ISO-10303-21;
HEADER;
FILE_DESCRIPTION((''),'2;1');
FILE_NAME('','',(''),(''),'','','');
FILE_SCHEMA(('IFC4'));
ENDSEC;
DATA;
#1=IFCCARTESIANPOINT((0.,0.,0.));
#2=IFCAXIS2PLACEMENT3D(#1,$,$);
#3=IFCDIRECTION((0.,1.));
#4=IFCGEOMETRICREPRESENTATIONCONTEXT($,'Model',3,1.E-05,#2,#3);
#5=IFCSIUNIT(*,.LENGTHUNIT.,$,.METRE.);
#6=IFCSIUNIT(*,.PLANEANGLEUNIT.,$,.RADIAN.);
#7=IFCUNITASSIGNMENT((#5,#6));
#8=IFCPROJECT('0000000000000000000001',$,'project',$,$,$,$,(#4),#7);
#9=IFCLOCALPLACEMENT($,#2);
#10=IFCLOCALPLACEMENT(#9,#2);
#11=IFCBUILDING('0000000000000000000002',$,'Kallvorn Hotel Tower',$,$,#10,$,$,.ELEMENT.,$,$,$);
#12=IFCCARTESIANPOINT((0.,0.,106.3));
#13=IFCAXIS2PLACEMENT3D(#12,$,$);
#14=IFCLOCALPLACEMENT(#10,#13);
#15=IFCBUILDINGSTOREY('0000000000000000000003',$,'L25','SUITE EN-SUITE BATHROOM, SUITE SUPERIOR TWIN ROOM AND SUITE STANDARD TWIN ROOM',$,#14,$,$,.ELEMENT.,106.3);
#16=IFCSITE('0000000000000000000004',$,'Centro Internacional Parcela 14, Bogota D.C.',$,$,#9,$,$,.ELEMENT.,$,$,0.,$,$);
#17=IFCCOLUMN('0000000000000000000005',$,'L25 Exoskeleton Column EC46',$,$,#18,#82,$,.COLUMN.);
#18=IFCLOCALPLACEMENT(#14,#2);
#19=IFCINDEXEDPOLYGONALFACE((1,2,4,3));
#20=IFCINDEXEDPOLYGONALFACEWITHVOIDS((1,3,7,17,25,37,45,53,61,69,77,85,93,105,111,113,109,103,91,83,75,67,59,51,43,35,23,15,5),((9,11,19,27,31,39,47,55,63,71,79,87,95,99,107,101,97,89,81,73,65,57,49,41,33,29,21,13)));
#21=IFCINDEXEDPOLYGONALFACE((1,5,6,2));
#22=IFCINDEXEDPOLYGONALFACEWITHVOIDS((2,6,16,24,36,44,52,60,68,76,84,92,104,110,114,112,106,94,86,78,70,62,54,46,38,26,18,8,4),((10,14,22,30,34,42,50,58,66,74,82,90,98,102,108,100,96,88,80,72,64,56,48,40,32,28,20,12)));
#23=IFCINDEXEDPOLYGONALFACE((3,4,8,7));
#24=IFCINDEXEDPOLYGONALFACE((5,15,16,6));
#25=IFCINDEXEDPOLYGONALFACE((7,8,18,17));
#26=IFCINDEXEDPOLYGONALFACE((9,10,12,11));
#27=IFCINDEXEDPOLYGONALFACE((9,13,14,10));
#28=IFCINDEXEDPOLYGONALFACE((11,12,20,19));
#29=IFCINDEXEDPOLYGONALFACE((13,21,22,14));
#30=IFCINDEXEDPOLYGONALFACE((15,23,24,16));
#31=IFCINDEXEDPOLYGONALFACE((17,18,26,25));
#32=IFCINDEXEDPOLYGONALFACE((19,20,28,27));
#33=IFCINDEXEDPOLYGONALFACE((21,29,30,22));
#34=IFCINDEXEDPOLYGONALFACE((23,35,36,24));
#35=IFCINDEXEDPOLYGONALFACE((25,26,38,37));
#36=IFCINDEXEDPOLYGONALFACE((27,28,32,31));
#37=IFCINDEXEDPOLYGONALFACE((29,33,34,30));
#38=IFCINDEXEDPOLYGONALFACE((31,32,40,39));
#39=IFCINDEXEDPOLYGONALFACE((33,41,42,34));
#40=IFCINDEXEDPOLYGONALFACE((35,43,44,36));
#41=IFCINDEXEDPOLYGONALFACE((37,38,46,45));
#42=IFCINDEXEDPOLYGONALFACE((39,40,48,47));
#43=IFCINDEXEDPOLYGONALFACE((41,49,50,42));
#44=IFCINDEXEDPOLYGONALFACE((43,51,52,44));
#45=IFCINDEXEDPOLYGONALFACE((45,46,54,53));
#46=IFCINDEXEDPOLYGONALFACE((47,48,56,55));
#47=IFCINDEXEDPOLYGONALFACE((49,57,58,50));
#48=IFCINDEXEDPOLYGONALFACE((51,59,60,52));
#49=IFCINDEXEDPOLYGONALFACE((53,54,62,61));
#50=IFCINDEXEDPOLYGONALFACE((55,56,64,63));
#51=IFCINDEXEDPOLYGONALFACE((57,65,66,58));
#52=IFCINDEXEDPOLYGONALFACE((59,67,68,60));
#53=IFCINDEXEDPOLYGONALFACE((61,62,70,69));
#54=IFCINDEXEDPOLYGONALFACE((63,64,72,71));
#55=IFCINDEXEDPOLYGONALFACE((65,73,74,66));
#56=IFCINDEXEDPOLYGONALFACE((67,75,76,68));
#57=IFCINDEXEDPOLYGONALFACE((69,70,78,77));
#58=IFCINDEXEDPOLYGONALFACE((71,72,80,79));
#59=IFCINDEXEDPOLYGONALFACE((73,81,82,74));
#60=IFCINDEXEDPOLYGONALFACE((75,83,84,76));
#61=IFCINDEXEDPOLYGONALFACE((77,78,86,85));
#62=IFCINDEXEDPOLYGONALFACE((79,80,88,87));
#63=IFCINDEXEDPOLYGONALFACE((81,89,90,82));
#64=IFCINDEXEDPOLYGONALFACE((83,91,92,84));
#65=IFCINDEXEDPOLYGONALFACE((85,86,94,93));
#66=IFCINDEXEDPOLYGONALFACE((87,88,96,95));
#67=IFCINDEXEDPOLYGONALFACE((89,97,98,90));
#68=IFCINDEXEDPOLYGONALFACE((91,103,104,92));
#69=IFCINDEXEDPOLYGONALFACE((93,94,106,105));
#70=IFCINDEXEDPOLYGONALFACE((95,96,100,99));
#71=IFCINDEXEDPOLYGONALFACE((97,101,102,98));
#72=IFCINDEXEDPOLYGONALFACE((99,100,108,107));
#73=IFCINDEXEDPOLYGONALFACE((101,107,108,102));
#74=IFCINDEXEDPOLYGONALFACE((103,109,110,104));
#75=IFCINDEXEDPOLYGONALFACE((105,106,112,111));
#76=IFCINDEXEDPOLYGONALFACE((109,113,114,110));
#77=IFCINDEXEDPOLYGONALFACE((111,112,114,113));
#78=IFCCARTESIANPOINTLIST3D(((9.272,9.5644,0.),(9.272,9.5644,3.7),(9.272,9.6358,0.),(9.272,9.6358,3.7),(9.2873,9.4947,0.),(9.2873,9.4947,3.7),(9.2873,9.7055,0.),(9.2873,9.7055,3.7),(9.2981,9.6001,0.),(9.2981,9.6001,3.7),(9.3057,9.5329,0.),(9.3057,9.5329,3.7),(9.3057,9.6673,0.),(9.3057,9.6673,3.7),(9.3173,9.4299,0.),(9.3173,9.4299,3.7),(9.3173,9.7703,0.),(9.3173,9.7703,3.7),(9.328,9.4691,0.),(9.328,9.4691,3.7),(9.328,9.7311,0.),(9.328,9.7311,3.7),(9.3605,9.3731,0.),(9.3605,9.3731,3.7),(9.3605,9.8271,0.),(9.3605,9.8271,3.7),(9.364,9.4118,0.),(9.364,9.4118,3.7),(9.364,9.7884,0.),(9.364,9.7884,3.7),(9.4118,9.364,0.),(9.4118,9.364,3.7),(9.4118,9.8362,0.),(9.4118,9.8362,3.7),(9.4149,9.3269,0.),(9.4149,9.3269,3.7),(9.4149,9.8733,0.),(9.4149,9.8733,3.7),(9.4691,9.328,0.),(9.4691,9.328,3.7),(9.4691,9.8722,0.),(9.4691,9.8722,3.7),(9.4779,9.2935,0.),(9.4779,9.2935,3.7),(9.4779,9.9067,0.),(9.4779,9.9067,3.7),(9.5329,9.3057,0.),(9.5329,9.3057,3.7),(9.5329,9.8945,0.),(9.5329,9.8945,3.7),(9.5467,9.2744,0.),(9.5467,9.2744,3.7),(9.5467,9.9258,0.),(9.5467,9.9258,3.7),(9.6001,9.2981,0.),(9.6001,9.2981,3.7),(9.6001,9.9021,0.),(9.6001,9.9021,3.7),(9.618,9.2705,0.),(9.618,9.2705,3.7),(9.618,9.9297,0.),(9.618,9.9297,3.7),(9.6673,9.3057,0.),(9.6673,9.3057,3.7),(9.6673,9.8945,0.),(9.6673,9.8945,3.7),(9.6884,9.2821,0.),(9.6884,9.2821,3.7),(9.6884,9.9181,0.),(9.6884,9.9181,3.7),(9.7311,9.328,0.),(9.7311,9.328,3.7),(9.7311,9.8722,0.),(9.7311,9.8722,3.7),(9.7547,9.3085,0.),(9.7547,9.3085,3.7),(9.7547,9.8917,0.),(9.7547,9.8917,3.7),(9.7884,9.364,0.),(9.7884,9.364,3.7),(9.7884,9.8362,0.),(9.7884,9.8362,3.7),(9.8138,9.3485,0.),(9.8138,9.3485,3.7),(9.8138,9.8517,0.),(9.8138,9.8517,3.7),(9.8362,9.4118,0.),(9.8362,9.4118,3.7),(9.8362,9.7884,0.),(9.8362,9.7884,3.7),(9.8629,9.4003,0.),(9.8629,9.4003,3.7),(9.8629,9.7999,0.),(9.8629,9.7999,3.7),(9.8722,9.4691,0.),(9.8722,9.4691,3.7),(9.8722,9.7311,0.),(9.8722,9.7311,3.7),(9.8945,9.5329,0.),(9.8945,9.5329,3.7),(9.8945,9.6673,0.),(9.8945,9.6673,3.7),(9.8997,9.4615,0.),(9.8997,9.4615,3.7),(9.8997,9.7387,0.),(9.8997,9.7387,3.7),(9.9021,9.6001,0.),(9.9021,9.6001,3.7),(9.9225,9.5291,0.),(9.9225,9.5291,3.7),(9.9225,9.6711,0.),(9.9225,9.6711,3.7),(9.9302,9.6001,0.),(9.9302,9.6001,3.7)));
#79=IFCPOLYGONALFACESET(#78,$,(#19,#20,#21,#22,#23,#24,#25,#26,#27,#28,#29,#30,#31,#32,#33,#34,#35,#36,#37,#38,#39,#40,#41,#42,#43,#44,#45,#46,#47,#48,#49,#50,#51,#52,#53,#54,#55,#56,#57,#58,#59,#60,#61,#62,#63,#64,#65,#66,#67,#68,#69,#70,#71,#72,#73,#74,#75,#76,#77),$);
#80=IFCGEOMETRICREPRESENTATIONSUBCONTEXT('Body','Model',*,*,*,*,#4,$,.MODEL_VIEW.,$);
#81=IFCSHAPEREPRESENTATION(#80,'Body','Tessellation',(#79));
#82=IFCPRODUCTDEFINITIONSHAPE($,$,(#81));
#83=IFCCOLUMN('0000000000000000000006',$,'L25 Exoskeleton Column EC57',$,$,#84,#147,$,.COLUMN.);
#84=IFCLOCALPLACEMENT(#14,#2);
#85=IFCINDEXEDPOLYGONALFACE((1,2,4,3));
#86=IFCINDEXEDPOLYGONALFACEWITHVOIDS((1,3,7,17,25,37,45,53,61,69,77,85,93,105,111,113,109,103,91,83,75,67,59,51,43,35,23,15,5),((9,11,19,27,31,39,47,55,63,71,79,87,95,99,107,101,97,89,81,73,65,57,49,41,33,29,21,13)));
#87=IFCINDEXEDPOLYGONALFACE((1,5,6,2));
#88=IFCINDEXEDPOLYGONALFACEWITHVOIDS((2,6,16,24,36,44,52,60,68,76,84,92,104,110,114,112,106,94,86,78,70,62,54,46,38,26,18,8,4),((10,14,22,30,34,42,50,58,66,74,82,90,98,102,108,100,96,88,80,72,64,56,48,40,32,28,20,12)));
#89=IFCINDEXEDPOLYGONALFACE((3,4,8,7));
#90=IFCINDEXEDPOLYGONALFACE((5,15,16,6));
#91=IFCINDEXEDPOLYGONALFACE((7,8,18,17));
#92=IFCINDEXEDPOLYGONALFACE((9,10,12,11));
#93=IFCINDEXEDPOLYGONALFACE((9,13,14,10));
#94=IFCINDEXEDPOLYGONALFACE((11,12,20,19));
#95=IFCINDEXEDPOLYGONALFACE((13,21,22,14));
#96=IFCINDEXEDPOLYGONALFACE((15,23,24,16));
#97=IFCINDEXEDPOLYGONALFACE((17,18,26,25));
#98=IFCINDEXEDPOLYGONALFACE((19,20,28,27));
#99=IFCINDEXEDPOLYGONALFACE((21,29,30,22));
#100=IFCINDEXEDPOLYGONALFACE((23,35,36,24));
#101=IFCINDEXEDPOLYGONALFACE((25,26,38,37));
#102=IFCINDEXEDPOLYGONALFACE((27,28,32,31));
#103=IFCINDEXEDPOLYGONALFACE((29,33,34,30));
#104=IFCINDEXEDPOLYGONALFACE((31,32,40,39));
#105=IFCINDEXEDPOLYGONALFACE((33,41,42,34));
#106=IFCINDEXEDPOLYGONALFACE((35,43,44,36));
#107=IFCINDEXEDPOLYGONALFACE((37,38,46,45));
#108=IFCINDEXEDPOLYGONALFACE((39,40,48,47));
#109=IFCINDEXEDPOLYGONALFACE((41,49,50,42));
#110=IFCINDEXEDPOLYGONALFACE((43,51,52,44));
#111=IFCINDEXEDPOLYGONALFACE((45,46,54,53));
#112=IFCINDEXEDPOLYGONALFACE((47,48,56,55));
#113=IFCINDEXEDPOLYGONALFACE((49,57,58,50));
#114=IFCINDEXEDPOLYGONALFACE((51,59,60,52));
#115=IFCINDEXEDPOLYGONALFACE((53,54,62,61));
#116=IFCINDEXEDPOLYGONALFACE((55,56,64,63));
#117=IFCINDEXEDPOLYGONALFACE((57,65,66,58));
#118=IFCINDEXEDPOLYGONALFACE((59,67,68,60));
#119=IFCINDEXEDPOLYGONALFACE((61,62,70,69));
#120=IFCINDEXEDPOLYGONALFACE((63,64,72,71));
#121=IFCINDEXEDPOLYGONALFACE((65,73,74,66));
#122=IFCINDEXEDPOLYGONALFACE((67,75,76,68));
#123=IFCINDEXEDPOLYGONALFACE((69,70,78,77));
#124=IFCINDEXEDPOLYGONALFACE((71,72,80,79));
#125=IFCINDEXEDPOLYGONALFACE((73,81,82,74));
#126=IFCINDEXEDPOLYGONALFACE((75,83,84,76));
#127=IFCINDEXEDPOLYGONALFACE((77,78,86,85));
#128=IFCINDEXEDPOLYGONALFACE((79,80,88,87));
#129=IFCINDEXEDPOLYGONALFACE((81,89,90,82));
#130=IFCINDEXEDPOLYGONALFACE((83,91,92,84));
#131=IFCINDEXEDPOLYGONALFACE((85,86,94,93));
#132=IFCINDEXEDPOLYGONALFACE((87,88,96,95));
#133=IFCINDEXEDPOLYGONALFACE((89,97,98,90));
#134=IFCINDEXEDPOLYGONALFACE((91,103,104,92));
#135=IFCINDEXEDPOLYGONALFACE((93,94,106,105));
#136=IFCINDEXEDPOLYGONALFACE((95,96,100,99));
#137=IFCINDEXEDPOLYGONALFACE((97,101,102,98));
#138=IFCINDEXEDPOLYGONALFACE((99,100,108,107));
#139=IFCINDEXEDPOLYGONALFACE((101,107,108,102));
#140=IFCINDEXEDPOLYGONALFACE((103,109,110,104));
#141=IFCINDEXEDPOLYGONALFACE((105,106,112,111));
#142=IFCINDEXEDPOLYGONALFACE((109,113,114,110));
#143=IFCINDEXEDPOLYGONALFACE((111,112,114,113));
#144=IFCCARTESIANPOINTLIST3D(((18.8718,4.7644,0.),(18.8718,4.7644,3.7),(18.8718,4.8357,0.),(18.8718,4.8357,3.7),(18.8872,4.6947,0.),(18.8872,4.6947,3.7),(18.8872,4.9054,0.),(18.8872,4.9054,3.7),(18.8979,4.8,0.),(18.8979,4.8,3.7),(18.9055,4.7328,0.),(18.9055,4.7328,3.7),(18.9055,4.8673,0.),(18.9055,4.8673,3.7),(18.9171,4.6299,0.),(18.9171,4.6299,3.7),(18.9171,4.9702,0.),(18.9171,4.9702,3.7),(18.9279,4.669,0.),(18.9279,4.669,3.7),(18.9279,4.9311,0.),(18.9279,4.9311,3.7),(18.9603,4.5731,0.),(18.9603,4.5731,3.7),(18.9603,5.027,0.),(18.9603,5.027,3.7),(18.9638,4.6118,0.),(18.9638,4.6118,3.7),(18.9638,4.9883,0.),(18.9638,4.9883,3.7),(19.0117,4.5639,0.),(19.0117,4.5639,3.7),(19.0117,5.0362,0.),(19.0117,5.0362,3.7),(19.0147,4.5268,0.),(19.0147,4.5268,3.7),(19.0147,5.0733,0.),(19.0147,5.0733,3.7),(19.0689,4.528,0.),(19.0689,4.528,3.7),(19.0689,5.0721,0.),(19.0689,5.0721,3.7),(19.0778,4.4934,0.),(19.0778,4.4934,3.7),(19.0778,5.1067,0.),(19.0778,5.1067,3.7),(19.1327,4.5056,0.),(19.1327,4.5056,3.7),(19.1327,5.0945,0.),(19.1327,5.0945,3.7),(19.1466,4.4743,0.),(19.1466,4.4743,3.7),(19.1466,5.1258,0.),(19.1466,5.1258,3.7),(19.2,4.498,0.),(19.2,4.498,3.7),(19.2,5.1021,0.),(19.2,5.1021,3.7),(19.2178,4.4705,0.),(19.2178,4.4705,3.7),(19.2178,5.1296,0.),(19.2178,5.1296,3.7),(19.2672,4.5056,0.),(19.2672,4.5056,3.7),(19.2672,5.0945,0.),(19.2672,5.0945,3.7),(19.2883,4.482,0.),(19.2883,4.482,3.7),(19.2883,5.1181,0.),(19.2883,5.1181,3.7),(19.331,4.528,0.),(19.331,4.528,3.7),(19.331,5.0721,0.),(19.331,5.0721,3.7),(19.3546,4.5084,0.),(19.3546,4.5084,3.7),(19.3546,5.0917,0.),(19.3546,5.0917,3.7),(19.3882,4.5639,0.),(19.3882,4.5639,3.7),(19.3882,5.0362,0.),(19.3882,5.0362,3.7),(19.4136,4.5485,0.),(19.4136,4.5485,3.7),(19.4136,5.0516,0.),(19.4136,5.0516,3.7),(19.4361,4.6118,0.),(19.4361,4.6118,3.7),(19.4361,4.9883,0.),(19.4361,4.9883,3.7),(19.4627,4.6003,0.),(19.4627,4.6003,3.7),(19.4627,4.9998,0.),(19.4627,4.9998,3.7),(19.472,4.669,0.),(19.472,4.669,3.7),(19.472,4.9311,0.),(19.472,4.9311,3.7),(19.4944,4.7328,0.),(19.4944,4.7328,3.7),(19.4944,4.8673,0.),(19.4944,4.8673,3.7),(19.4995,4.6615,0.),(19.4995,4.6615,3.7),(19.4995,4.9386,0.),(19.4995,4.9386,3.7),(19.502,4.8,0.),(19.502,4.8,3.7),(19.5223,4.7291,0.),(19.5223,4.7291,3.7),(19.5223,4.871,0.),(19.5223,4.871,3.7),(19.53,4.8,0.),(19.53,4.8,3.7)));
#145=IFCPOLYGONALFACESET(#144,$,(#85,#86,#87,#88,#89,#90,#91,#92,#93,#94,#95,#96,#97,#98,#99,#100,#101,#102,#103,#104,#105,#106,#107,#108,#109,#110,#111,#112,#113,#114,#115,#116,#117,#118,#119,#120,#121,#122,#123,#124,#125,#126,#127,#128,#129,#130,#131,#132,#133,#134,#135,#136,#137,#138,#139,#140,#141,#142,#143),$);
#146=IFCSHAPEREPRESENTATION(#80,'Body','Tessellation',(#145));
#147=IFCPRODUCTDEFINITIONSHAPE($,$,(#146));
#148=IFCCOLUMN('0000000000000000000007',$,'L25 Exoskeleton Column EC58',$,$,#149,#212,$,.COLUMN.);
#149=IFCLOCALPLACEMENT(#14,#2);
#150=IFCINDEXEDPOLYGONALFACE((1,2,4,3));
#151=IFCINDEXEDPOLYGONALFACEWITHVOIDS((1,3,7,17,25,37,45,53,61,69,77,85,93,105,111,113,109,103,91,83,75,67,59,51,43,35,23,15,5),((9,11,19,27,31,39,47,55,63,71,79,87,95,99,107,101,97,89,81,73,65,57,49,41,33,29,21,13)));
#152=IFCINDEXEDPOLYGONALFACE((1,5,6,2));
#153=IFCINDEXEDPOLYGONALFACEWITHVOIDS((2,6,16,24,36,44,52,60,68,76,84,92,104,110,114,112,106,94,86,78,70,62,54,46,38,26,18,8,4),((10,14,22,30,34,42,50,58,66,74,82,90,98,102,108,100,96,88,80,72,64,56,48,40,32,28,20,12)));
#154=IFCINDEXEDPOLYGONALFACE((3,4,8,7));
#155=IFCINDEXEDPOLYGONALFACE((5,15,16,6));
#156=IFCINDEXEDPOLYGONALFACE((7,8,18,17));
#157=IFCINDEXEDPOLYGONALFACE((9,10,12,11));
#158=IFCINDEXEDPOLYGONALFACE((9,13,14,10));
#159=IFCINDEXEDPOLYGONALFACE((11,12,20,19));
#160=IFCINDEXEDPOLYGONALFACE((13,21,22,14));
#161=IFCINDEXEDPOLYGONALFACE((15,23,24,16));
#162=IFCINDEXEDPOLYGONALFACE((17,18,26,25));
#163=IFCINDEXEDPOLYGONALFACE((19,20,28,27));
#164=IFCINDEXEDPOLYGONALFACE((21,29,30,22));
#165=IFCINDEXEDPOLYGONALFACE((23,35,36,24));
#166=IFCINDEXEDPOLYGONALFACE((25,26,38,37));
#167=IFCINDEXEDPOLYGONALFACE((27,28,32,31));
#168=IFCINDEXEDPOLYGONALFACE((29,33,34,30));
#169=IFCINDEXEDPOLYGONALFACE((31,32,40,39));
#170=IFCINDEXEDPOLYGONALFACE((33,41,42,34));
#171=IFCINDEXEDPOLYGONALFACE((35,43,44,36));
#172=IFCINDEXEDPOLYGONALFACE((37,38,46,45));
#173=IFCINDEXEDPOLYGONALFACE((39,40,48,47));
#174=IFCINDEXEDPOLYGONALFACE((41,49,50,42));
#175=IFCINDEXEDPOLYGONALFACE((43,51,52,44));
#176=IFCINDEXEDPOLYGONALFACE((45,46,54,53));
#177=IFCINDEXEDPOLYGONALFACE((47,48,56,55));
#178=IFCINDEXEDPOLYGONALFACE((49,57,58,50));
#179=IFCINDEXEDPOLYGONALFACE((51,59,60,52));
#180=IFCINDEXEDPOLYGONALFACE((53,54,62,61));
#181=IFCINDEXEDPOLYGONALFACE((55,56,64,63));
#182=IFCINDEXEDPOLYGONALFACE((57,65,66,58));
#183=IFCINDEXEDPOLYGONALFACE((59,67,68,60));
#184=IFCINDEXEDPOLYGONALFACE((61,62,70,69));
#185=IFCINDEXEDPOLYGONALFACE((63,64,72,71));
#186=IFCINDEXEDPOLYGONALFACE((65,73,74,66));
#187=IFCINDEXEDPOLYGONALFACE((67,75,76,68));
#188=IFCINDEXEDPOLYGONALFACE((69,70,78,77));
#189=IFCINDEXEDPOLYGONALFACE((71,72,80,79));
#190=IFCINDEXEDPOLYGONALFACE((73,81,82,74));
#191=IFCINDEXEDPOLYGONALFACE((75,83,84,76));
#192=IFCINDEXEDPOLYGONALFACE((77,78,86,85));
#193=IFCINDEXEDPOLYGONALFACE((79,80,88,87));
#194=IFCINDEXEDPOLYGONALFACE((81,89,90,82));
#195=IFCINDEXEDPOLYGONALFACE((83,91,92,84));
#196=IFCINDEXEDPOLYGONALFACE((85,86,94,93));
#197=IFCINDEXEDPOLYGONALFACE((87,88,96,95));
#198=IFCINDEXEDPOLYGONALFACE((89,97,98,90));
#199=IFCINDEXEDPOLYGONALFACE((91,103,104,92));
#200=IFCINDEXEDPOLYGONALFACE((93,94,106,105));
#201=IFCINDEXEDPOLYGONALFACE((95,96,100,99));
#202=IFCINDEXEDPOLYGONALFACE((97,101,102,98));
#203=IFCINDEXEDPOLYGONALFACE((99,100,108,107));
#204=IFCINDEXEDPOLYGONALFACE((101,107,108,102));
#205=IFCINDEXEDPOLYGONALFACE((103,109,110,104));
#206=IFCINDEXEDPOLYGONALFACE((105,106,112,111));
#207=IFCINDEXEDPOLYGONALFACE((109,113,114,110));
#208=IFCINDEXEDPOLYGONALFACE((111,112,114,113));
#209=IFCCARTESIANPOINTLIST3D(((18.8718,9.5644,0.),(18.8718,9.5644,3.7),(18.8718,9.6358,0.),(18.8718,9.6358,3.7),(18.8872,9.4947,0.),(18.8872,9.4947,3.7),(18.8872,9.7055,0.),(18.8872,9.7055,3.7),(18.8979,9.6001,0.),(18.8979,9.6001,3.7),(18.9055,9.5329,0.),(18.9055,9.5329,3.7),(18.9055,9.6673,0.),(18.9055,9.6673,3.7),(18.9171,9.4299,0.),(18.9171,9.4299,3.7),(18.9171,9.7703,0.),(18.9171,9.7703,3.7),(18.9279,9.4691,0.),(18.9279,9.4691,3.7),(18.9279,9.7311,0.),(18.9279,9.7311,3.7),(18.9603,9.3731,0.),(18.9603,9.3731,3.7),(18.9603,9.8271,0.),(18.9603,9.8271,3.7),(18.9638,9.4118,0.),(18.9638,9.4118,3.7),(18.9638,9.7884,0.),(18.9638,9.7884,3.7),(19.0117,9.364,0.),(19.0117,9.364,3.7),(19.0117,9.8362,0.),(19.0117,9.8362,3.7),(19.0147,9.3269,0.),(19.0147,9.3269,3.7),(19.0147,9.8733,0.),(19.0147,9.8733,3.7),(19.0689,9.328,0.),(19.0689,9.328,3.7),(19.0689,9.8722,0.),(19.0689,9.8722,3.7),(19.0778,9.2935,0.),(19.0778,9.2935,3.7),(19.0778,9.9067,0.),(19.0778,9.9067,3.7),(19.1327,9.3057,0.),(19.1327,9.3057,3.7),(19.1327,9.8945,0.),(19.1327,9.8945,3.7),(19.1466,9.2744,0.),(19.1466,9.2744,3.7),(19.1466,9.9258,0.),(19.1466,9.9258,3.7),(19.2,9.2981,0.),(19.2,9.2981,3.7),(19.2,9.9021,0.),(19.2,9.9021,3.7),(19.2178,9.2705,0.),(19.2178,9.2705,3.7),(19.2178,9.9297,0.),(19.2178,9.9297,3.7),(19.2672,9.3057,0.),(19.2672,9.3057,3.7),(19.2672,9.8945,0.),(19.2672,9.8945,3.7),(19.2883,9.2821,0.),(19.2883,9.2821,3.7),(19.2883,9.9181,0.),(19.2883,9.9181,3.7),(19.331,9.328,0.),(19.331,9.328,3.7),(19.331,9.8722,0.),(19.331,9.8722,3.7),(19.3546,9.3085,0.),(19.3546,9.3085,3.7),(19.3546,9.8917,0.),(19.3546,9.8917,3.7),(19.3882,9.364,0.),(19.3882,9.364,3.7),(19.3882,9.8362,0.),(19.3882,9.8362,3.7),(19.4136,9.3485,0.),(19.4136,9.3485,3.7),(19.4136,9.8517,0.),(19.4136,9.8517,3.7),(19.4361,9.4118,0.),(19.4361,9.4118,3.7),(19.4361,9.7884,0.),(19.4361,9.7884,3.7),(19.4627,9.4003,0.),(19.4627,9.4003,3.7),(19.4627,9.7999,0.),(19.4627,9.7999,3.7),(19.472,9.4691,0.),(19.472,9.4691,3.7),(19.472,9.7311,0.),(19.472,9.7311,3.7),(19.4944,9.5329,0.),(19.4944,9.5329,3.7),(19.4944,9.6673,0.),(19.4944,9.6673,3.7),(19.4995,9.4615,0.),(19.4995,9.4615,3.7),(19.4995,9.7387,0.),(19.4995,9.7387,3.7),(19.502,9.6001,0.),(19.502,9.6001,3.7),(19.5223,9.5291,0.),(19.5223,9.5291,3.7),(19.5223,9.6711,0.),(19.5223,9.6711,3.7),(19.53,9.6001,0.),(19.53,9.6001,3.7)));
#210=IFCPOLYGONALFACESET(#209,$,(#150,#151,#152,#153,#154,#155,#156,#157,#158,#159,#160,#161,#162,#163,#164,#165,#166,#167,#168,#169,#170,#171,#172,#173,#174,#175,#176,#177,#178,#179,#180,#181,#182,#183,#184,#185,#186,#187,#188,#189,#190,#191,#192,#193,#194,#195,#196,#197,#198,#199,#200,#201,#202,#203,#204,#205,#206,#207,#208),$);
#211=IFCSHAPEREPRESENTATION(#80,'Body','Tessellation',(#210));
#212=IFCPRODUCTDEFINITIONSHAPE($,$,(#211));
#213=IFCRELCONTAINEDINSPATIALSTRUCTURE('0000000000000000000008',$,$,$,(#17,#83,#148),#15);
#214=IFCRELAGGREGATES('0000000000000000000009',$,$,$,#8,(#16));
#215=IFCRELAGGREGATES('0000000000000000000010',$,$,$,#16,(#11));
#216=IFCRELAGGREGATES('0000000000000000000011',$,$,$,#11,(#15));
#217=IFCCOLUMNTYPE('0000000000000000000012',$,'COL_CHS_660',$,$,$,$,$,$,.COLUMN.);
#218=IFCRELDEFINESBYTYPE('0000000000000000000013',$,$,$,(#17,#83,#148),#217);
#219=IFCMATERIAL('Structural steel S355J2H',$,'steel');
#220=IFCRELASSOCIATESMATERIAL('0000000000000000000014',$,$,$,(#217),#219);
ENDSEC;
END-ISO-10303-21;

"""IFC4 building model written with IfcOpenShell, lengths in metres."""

from ifc_helpers import new_model, si_unit, direction, frame, origin, origin_2d, place, context, subcontext, project, spatial, hollow_circle, extrude, material, material_profile, profile_set, type_object, element, save


model = new_model("IFC4")

# Units and contexts
model_context = context("Model", 3, precision=1e-05, world=origin(), true_north=direction((0.0, 1.0)))
body_context = subcontext(model_context, "Body", "Model", "MODEL_VIEW")
ifc_project = project(units=[si_unit("LENGTHUNIT", "METRE"), si_unit("PLANEANGLEUNIT", "RADIAN")], contexts=[model_context])

# Site, building, storey
site_placement = place(None, origin())
site = spatial("IfcSite", under=ifc_project, at=site_placement, Name="Centro Internacional Parcela 14, Bogota D.C.", CompositionType="ELEMENT", RefElevation=0.0)
building_placement = place(site_placement, origin())
building = spatial("IfcBuilding", under=site, at=building_placement, Name="Kallvorn Hotel Tower", CompositionType="ELEMENT")
storey_placement = place(building_placement, frame((0.0, 0.0, 106.3)))
storey = spatial("IfcBuildingStorey", under=building, at=storey_placement, Name="L25", Description="SUITE EN-SUITE BATHROOM, SUITE SUPERIOR TWIN ROOM AND SUITE STANDARD TWIN ROOM", CompositionType="ELEMENT", Elevation=106.3)

# Columns
ifc_material_1 = material(Name="Structural steel S355J2H", Category="steel")
ifc_material_profile_1 = material_profile(ifc_material_1, hollow_circle(Radius=0.3301, WallThickness=0.0281, at=origin_2d()), Name="CHS 660x28")
ifc_profile_set_1 = profile_set([ifc_material_profile_1], Name="Structural steel S355J2H")
column_type_1 = type_object("IfcColumnType", Name="COL_CHS_660", PredefinedType="COLUMN", material=ifc_profile_set_1)
for number, where, z_axis, x_axis, name in (
    (1, (9.6001, 9.6001, 0.0), (0.0, 0.0, 1.0), (1.0, 0.0, 0.0), "L25 Exoskeleton Column EC46"),
    (2, (19.2, 4.8, 0.0), (0.0, 0.0, 1.0), (1.0, 0.0, 0.0), "L25 Exoskeleton Column EC57"),
    (3, (19.2, 9.6001, 0.0), (0.0, 0.0, 1.0), (1.0, 0.0, 0.0), "L25 Exoskeleton Column EC58"),
):
    element("IfcColumn", number, at=place(storey_placement, frame(where, z_axis=z_axis, x_axis=x_axis)), inside=storey, type_object=column_type_1, Name=name, PredefinedType="COLUMN", context=body_context, shape_type="SweptSolid", body=[
        extrude(hollow_circle(Radius=0.3301, WallThickness=0.0281, at=origin_2d()), origin(), (0.0, 0.0, 1.0), 3.7),
    ])

save(model, "model.ifc")
